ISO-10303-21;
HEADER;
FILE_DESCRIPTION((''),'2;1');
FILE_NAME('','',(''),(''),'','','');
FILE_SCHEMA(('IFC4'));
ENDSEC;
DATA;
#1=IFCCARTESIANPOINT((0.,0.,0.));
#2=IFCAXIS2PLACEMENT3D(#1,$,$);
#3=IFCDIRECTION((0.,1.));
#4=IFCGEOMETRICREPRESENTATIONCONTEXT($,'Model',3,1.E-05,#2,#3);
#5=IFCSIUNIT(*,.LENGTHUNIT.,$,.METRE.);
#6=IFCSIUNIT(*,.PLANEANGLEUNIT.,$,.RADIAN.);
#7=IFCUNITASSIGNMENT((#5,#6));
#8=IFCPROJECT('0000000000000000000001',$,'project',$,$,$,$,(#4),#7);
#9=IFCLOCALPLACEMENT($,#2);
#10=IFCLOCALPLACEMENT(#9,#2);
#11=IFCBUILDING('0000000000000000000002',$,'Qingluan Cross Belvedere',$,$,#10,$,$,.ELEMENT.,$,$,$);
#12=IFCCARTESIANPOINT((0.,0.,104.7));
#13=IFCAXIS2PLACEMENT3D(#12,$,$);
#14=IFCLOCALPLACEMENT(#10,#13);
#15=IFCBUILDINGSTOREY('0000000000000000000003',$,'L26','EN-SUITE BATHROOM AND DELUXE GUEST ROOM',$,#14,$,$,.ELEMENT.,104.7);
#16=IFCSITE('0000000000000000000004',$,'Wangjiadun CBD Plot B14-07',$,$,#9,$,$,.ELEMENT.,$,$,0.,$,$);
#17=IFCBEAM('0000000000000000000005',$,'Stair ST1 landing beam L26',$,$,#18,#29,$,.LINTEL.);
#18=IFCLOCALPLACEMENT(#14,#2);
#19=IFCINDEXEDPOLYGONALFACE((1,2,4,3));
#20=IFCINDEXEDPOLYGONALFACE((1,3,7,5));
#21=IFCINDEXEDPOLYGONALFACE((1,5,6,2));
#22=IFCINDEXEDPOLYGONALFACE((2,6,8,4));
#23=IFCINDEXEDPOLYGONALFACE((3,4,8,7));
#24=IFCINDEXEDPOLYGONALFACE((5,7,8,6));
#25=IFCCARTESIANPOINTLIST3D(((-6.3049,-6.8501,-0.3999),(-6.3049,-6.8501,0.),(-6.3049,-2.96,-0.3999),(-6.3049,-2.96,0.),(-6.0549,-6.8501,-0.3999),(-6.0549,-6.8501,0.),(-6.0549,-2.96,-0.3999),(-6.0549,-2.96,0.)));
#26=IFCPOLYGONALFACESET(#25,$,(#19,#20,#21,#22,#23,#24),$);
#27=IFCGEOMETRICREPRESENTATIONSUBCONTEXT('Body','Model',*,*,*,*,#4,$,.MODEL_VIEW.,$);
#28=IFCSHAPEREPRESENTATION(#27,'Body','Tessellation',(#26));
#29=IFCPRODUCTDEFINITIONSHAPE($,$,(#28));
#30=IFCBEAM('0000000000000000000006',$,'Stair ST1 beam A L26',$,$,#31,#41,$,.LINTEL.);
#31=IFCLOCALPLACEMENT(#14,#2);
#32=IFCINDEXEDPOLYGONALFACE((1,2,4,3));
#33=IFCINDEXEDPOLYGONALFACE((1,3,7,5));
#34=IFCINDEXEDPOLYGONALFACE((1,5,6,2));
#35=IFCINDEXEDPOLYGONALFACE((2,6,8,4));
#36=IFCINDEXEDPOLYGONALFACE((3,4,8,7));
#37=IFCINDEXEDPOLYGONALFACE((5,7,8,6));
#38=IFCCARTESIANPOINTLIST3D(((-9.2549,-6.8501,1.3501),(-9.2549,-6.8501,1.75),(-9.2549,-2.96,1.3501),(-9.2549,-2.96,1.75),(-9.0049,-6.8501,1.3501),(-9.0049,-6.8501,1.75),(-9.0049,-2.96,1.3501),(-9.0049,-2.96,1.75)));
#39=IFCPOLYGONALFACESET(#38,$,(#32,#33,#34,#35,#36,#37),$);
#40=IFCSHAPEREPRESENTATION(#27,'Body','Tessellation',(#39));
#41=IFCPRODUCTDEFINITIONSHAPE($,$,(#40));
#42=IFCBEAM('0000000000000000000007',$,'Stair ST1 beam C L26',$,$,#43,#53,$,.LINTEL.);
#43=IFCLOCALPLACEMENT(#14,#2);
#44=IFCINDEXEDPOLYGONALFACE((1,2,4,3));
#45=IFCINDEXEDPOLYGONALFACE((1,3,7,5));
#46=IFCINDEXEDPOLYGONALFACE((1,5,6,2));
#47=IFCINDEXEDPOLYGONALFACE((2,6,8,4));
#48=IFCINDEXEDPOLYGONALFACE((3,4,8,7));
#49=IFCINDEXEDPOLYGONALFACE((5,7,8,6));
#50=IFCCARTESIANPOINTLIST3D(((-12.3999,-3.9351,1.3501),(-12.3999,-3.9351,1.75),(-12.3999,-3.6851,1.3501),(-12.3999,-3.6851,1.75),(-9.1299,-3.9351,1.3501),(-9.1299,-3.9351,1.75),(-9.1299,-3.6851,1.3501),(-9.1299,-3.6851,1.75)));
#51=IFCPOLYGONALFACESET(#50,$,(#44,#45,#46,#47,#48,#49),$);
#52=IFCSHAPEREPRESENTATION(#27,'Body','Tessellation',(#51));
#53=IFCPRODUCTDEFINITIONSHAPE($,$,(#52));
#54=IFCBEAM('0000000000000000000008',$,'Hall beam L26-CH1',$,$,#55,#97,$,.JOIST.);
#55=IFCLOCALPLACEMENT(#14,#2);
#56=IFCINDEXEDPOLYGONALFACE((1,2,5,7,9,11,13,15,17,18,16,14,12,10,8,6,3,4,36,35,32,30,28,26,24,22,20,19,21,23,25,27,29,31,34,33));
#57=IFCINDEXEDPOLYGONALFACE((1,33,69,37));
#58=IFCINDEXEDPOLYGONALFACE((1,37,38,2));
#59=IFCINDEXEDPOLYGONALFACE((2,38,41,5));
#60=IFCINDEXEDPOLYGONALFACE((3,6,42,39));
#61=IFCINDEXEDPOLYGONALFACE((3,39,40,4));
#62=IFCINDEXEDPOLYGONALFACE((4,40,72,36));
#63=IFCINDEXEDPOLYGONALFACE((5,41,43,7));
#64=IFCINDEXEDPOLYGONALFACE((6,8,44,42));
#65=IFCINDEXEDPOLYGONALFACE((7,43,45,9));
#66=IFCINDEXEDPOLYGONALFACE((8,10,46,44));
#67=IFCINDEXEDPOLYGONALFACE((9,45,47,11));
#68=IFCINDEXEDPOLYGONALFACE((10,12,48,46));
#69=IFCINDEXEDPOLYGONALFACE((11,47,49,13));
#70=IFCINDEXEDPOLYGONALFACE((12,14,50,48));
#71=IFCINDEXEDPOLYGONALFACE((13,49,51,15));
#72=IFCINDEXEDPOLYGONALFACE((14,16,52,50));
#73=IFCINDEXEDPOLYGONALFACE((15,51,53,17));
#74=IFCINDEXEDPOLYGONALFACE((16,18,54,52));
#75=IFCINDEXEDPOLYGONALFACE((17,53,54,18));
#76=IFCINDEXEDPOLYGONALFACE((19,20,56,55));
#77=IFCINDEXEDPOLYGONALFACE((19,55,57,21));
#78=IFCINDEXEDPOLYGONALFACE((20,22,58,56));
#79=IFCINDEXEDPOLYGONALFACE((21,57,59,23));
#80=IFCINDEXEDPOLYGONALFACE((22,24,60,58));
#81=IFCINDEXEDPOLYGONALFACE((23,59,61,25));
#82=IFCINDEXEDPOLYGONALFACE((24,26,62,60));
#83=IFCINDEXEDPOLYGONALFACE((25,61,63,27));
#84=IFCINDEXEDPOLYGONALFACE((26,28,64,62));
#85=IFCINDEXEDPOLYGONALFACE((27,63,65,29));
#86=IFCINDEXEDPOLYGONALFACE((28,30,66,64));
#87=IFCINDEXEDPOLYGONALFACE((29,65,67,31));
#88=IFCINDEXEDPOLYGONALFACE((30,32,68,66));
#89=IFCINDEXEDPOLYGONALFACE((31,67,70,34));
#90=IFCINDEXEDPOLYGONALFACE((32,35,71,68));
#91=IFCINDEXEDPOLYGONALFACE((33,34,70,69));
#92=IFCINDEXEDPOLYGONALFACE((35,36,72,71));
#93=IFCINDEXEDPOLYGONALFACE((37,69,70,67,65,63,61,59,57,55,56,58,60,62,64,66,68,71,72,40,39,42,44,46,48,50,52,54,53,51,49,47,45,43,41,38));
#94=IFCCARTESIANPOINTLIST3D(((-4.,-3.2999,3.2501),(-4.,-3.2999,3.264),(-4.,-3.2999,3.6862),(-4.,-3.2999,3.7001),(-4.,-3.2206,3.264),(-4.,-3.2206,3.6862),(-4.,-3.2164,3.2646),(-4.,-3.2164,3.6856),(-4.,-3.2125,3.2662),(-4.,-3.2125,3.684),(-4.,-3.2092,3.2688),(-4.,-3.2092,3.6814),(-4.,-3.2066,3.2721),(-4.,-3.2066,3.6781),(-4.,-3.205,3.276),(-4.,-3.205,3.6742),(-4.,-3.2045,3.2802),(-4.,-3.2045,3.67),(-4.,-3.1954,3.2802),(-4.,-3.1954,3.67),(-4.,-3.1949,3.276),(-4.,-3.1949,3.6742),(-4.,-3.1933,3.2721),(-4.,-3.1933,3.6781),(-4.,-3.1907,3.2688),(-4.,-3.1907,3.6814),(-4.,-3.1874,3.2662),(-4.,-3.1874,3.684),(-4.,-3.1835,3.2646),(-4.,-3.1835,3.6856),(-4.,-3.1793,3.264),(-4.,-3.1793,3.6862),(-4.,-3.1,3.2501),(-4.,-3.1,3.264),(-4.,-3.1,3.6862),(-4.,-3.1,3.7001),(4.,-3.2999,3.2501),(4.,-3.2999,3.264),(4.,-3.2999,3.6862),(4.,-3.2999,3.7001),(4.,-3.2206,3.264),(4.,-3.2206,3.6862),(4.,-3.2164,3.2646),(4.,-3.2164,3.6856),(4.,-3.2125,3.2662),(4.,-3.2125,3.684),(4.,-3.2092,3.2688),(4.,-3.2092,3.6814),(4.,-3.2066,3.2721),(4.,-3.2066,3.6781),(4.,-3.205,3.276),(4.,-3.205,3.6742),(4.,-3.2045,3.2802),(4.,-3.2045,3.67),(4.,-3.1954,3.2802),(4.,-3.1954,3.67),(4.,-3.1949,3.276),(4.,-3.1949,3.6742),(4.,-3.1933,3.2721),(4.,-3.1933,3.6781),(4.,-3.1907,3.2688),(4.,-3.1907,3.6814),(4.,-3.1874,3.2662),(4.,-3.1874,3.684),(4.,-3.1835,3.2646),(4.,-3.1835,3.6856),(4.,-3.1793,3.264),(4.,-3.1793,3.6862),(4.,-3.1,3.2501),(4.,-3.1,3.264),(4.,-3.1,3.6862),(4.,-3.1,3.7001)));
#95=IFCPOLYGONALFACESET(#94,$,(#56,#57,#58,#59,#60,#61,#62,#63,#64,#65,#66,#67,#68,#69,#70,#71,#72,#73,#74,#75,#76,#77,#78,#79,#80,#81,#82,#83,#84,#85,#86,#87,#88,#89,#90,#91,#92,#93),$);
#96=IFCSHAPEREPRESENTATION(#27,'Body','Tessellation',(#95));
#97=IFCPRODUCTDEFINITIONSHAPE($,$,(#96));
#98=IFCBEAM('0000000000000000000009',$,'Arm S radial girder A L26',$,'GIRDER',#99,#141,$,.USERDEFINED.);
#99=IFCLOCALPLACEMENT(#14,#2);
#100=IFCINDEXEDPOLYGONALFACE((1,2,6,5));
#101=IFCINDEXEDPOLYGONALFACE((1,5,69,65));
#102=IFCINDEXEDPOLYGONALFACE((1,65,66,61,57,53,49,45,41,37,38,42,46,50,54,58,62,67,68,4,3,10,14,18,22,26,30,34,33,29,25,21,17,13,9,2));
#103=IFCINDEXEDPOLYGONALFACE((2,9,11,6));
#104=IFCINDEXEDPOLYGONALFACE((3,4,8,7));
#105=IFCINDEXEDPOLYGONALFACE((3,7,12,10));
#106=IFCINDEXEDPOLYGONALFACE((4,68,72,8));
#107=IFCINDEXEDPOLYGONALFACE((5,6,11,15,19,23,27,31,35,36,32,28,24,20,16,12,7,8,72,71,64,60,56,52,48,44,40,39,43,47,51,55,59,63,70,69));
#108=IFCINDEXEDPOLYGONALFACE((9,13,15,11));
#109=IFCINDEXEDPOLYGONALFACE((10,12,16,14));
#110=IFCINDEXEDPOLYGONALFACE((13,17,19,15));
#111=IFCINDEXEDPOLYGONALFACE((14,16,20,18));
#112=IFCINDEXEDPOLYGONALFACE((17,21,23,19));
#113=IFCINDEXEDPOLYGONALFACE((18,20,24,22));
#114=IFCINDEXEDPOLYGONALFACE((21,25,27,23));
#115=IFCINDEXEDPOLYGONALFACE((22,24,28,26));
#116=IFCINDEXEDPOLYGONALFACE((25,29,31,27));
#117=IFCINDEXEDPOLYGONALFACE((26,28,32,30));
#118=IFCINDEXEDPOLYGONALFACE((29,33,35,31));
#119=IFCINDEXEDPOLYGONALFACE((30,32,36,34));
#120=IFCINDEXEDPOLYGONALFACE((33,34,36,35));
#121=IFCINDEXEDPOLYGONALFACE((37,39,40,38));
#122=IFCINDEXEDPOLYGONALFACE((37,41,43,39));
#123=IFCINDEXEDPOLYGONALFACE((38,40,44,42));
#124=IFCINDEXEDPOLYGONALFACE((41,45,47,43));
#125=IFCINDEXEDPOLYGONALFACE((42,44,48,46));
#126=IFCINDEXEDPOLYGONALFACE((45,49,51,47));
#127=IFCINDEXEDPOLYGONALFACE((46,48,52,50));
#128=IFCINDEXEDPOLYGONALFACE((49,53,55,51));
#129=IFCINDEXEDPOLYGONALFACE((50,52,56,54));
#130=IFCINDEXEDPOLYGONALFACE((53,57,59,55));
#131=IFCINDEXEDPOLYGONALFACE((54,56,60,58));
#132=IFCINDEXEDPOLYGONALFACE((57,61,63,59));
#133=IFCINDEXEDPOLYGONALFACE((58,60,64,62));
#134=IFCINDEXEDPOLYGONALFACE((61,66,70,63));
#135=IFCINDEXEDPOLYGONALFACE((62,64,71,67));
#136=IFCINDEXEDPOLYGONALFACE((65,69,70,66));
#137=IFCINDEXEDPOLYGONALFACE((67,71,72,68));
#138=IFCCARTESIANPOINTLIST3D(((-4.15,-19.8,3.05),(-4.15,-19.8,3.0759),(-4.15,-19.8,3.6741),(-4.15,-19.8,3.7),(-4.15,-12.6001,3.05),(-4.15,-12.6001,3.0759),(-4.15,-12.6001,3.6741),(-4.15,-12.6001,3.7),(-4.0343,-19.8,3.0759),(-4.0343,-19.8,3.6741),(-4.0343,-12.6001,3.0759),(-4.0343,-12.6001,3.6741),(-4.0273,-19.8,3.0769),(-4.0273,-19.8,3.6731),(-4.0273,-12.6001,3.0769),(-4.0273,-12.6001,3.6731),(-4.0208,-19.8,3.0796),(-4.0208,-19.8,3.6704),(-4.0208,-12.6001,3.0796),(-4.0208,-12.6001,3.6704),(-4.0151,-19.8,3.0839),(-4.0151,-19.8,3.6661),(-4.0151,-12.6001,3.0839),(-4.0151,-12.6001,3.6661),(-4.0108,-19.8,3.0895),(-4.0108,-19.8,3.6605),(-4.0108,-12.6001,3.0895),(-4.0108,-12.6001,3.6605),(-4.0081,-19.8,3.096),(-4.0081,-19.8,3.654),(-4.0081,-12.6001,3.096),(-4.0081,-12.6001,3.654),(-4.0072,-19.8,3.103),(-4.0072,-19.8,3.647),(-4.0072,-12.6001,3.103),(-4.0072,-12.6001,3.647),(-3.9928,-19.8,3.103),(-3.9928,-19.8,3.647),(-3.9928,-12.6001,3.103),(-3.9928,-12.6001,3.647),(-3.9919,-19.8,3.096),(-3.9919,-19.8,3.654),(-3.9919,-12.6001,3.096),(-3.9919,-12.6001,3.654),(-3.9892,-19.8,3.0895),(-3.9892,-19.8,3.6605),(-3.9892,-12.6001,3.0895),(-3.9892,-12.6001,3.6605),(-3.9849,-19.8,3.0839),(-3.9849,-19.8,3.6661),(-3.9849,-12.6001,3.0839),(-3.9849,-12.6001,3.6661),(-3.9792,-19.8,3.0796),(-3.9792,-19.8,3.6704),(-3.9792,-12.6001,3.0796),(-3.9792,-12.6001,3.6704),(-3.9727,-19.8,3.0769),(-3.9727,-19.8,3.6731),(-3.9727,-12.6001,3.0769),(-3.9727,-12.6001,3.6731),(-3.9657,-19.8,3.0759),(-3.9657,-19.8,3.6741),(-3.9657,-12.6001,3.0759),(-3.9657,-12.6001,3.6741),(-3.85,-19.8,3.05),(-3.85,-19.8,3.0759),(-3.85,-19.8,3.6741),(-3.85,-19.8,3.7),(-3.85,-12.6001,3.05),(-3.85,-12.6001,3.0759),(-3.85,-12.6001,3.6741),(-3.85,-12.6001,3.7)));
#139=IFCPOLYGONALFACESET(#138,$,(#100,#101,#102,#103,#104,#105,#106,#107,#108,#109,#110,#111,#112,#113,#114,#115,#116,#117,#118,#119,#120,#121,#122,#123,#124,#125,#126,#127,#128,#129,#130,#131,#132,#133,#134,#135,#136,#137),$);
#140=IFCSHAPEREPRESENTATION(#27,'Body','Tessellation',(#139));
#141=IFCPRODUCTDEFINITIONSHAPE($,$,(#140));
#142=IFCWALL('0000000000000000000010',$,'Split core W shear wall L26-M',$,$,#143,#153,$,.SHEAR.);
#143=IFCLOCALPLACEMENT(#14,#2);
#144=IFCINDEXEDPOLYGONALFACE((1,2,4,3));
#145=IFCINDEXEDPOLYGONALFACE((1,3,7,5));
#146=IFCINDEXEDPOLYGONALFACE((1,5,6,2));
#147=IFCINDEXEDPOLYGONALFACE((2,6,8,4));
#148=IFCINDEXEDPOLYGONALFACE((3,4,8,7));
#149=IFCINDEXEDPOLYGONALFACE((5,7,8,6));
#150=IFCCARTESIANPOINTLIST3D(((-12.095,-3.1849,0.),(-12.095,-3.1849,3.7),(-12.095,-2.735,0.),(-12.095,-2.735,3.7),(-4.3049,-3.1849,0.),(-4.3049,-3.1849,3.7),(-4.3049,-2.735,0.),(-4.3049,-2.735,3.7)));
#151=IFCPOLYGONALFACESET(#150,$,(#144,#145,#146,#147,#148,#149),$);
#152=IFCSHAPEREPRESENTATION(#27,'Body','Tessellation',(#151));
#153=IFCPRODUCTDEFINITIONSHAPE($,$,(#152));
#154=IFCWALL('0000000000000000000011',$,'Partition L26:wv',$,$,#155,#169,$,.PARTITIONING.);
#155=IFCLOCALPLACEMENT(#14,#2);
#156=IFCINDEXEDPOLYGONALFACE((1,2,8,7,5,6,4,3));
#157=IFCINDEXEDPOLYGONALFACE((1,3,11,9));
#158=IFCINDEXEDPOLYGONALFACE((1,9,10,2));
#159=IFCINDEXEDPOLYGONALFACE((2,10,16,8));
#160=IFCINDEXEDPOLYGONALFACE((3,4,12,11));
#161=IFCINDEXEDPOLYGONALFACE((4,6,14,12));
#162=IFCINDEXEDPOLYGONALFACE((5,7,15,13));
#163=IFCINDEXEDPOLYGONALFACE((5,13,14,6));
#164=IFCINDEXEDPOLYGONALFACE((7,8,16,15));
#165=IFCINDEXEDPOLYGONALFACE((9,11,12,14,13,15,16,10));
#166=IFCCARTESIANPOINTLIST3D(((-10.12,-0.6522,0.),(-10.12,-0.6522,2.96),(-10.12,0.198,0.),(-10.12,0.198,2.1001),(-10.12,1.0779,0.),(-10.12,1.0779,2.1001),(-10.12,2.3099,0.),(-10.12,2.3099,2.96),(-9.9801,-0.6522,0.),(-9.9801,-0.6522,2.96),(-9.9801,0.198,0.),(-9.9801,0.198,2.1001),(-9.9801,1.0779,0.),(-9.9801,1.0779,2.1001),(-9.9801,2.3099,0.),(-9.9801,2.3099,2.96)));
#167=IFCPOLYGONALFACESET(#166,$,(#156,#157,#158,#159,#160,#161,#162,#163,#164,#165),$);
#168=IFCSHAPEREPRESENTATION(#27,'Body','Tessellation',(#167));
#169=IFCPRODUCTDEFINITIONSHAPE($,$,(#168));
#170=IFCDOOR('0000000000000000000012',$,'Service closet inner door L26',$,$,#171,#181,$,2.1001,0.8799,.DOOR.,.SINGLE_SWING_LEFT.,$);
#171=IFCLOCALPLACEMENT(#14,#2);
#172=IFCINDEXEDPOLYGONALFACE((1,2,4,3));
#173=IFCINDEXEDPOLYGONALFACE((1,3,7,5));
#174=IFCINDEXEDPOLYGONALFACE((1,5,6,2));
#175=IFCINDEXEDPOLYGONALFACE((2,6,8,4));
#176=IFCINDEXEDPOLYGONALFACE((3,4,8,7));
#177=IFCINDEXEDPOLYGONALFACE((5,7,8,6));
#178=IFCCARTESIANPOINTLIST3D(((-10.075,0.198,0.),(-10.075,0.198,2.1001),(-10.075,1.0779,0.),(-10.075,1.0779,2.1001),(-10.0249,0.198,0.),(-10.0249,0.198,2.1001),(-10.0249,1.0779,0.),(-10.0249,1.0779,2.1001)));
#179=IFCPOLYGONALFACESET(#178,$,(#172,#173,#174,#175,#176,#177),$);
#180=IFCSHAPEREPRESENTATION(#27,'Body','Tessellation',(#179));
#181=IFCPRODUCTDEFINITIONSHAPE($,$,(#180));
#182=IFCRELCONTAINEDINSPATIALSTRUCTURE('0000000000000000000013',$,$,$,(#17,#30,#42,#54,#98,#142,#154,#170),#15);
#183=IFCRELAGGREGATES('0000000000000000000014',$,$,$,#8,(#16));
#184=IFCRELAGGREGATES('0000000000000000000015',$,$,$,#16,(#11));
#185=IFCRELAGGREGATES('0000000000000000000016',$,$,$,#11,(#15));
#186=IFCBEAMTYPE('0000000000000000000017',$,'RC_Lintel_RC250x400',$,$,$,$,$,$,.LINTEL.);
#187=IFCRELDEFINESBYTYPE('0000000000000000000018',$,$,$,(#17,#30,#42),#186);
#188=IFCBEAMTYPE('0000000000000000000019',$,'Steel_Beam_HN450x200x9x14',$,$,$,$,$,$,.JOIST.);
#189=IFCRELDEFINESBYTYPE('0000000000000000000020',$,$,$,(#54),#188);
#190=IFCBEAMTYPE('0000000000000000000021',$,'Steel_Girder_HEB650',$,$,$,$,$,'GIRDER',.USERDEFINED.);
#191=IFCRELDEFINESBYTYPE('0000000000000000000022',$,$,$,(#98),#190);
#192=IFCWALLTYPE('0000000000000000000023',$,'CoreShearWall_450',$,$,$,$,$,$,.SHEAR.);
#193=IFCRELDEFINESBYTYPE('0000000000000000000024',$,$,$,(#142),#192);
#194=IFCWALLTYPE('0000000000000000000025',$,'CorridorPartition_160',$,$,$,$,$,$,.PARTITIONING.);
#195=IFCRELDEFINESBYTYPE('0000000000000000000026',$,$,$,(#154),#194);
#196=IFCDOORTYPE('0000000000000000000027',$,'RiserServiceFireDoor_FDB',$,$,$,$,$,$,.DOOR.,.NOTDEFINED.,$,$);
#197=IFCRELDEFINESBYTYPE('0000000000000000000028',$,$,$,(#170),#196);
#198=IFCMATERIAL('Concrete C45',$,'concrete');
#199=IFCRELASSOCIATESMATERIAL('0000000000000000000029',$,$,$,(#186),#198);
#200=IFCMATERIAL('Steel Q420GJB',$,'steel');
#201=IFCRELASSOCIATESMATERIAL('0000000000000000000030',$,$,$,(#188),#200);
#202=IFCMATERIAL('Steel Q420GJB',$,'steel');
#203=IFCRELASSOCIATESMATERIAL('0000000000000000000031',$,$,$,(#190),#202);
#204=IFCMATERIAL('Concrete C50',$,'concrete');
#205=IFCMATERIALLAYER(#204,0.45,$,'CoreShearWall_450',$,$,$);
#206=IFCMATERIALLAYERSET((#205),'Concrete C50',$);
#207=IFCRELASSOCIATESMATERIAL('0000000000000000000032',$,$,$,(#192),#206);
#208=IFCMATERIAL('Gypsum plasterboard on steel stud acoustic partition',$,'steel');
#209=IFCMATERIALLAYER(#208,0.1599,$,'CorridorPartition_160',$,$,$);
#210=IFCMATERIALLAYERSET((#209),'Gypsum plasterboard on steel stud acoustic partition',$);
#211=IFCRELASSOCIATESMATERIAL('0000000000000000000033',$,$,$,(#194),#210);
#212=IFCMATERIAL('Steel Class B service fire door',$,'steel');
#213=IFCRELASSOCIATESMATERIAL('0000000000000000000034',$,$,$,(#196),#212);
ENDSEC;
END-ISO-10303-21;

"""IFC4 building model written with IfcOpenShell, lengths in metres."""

from ifc_helpers import new_model, si_unit, direction, frame, frame_2d, origin, origin_2d, place, context, subcontext, project, spatial, rectangle, i_section, extrude, material, layer, layer_set, material_profile, profile_set, type_object, element, fill, save


model = new_model("IFC4")

# Units and contexts
model_context = context("Model", 3, precision=1e-05, world=origin(), true_north=direction((0.0, 1.0)))
body_context = subcontext(model_context, "Body", "Model", "MODEL_VIEW")
ifc_project = project(units=[si_unit("LENGTHUNIT", "METRE"), si_unit("PLANEANGLEUNIT", "RADIAN")], contexts=[model_context])

# Site, building, storey
site_placement = place(None, origin())
site = spatial("IfcSite", under=ifc_project, at=site_placement, Name="Wangjiadun CBD Plot B14-07", CompositionType="ELEMENT", RefElevation=0.0)
building_placement = place(site_placement, origin())
building = spatial("IfcBuilding", under=site, at=building_placement, Name="Qingluan Cross Belvedere", CompositionType="ELEMENT")
storey_placement = place(building_placement, frame((0.0, 0.0, 104.7)))
storey = spatial("IfcBuildingStorey", under=building, at=storey_placement, Name="L26", Description="EN-SUITE BATHROOM AND DELUXE GUEST ROOM", CompositionType="ELEMENT", Elevation=104.7)

# Beams
ifc_material_1 = material(Name="Concrete C45", Category="concrete")
ifc_material_profile_1 = material_profile(ifc_material_1, rectangle(XDim=0.25, YDim=0.3999, at=origin_2d()), Name="RC250x400")
ifc_profile_set_1 = profile_set([ifc_material_profile_1], Name="Concrete C45")
beam_type_1 = type_object("IfcBeamType", Name="RC_Lintel_RC250x400", PredefinedType="LINTEL", material=ifc_profile_set_1)
for number, where, z_axis, x_axis, name in (
    (1, (-6.1799, -6.8501, -0.2), (0.0, 1.0, 0.0), (-1.0, 0.0, 0.0), "Stair ST1 landing beam L26"),
    (2, (-9.1299, -6.8501, 1.55), (0.0, 1.0, 0.0), (-1.0, 0.0, 0.0), "Stair ST1 beam A L26"),
):
    element("IfcBeam", number, at=place(storey_placement, frame(where, z_axis=z_axis, x_axis=x_axis)), inside=storey, type_object=beam_type_1, Name=name, PredefinedType="LINTEL", context=body_context, shape_type="SweptSolid", body=[
        extrude(rectangle(XDim=0.25, YDim=0.3999, at=origin_2d()), origin(), (0.0, 0.0, 1.0), 3.8901),
    ])
beam_1_placement = place(storey_placement, frame((-12.3999, -3.8101, 1.55), z_axis=(1.0, 0.0, 0.0), x_axis=(0.0, 1.0, 0.0)))
element("IfcBeam", 3, at=beam_1_placement, inside=storey, type_object=beam_type_1, Name="Stair ST1 beam C L26", PredefinedType="LINTEL", context=body_context, shape_type="SweptSolid", body=[
    extrude(rectangle(XDim=0.25, YDim=0.3999, at=origin_2d()), origin(), (0.0, 0.0, 1.0), 3.27),
])
ifc_material_2 = material(Name="Steel Q420GJB", Category="steel")
ifc_material_profile_2 = material_profile(ifc_material_2, i_section(OverallWidth=0.2, OverallDepth=0.45, WebThickness=0.009, FlangeThickness=0.0139, FilletRadius=0.0161, at=origin_2d()), Name="HN450x200x9x14")
ifc_profile_set_2 = profile_set([ifc_material_profile_2], Name="Steel Q420GJB")
beam_type_2 = type_object("IfcBeamType", Name="Steel_Beam_HN450x200x9x14", PredefinedType="JOIST", material=ifc_profile_set_2)
beam_2_placement = place(storey_placement, frame((-4.0, -3.2, 3.4751), z_axis=(1.0, 0.0, 0.0), x_axis=(0.0, 1.0, 0.0)))
element("IfcBeam", 4, at=beam_2_placement, inside=storey, type_object=beam_type_2, Name="Hall beam L26-CH1", PredefinedType="JOIST", context=body_context, shape_type="SweptSolid", body=[
    extrude(i_section(OverallWidth=0.2, OverallDepth=0.45, WebThickness=0.009, FlangeThickness=0.0139, FilletRadius=0.0161, at=origin_2d()), origin(), (0.0, 0.0, 1.0), 8.0),
])
ifc_material_3 = material(Name="Steel Q420GJB", Category="steel")
ifc_material_profile_3 = material_profile(ifc_material_3, i_section(OverallWidth=0.3, OverallDepth=0.6499, WebThickness=0.0144, FlangeThickness=0.0259, FilletRadius=0.0271, at=origin_2d()), Name="HEB650")
ifc_profile_set_3 = profile_set([ifc_material_profile_3], Name="Steel Q420GJB")
beam_type_3 = type_object("IfcBeamType", Name="Steel_Girder_HEB650", ElementType="GIRDER", PredefinedType="USERDEFINED", material=ifc_profile_set_3)
beam_3_placement = place(storey_placement, frame((-4.0, -12.6001, 3.375), z_axis=(0.0, -1.0, 0.0), x_axis=(1.0, 0.0, 0.0)))
element("IfcBeam", 5, at=beam_3_placement, inside=storey, type_object=beam_type_3, Name="Arm S radial girder A L26", ObjectType="GIRDER", PredefinedType="USERDEFINED", context=body_context, shape_type="SweptSolid", body=[
    extrude(i_section(OverallWidth=0.3, OverallDepth=0.6499, WebThickness=0.0144, FlangeThickness=0.0259, FilletRadius=0.0271, at=origin_2d()), origin(), (0.0, 0.0, 1.0), 7.2),
])

# Wall
ifc_material_4 = material(Name="Concrete C50", Category="concrete")
ifc_layer_1 = layer(ifc_material_4, 0.45, Name="CoreShearWall_450")
ifc_layer_set_1 = layer_set([ifc_layer_1], Name="Concrete C50")
wall_type_1 = type_object("IfcWallType", Name="CoreShearWall_450", PredefinedType="SHEAR", material=ifc_layer_set_1)
wall_1_placement = place(storey_placement, frame((-12.095, -2.96, 0.0), z_axis=(0.0, 0.0, 1.0), x_axis=(1.0, 0.0, 0.0)))
element("IfcWall", 6, at=wall_1_placement, inside=storey, type_object=wall_type_1, Name="Split core W shear wall L26-M", PredefinedType="SHEAR", context=body_context, shape_type="SweptSolid", body=[
    extrude(rectangle(XDim=7.79, YDim=0.45, at=frame_2d((3.895, 0.0))), origin(), (0.0, 0.0, 1.0), 3.7),
])

# Wall, opening, door
ifc_material_5 = material(Name="Gypsum plasterboard on steel stud acoustic partition", Category="steel")
ifc_layer_2 = layer(ifc_material_5, 0.1599, Name="CorridorPartition_160")
ifc_layer_set_2 = layer_set([ifc_layer_2], Name="Gypsum plasterboard on steel stud acoustic partition")
wall_type_2 = type_object("IfcWallType", Name="CorridorPartition_160", PredefinedType="PARTITIONING", material=ifc_layer_set_2)
wall_2_placement = place(storey_placement, frame((-10.05, -0.6521, 0.0), z_axis=(0.0, 0.0, 1.0), x_axis=(0.0, 1.0, 0.0)))
wall_2 = element("IfcWall", 7, at=wall_2_placement, inside=storey, type_object=wall_type_2, Name="Partition L26:wv", PredefinedType="PARTITIONING", context=body_context, shape_type="SweptSolid", body=[
    extrude(rectangle(XDim=2.9622, YDim=0.1399, at=frame_2d((1.481, 0.0))), origin(), (0.0, 0.0, 1.0), 2.96),
])
opening_1_placement = place(wall_2_placement, frame((0.8501, 0.0, 0.0)))
opening_1 = element("IfcOpeningElement", 8, at=opening_1_placement, cuts=wall_2, PredefinedType="OPENING", context=body_context, shape_type="SweptSolid", body=[
    extrude(rectangle(XDim=0.8799, YDim=2.1001, at=frame_2d((0.4399, 1.05))), frame((0.0, 0.0798, 0.0), z_axis=(0.0, -1.0, 0.0), x_axis=(1.0, 0.0, 0.0)), (0.0, 0.0, 1.0), 0.1599),
])
ifc_material_6 = material(Name="Steel Class B service fire door", Category="steel")
door_type_1 = type_object("IfcDoorType", Name="RiserServiceFireDoor_FDB", OperationType="NOTDEFINED", PredefinedType="DOOR", material=ifc_material_6)
door_1_placement = place(opening_1_placement, origin())
door_1 = element("IfcDoor", 9, at=door_1_placement, inside=storey, type_object=door_type_1, Name="Service closet inner door L26", OperationType="SINGLE_SWING_LEFT", OverallHeight=2.1001, OverallWidth=0.8799, PredefinedType="DOOR", context=body_context, shape_type="SweptSolid", body=[
    extrude(rectangle(XDim=0.8799, YDim=2.1001, at=frame_2d((0.4399, 1.05))), frame((0.0, 0.0249, 0.0), z_axis=(0.0, -1.0, 0.0), x_axis=(1.0, 0.0, 0.0)), (0.0, 0.0, 1.0), 0.05),
])
fill(opening_1, door_1)

save(model, "model.ifc")
